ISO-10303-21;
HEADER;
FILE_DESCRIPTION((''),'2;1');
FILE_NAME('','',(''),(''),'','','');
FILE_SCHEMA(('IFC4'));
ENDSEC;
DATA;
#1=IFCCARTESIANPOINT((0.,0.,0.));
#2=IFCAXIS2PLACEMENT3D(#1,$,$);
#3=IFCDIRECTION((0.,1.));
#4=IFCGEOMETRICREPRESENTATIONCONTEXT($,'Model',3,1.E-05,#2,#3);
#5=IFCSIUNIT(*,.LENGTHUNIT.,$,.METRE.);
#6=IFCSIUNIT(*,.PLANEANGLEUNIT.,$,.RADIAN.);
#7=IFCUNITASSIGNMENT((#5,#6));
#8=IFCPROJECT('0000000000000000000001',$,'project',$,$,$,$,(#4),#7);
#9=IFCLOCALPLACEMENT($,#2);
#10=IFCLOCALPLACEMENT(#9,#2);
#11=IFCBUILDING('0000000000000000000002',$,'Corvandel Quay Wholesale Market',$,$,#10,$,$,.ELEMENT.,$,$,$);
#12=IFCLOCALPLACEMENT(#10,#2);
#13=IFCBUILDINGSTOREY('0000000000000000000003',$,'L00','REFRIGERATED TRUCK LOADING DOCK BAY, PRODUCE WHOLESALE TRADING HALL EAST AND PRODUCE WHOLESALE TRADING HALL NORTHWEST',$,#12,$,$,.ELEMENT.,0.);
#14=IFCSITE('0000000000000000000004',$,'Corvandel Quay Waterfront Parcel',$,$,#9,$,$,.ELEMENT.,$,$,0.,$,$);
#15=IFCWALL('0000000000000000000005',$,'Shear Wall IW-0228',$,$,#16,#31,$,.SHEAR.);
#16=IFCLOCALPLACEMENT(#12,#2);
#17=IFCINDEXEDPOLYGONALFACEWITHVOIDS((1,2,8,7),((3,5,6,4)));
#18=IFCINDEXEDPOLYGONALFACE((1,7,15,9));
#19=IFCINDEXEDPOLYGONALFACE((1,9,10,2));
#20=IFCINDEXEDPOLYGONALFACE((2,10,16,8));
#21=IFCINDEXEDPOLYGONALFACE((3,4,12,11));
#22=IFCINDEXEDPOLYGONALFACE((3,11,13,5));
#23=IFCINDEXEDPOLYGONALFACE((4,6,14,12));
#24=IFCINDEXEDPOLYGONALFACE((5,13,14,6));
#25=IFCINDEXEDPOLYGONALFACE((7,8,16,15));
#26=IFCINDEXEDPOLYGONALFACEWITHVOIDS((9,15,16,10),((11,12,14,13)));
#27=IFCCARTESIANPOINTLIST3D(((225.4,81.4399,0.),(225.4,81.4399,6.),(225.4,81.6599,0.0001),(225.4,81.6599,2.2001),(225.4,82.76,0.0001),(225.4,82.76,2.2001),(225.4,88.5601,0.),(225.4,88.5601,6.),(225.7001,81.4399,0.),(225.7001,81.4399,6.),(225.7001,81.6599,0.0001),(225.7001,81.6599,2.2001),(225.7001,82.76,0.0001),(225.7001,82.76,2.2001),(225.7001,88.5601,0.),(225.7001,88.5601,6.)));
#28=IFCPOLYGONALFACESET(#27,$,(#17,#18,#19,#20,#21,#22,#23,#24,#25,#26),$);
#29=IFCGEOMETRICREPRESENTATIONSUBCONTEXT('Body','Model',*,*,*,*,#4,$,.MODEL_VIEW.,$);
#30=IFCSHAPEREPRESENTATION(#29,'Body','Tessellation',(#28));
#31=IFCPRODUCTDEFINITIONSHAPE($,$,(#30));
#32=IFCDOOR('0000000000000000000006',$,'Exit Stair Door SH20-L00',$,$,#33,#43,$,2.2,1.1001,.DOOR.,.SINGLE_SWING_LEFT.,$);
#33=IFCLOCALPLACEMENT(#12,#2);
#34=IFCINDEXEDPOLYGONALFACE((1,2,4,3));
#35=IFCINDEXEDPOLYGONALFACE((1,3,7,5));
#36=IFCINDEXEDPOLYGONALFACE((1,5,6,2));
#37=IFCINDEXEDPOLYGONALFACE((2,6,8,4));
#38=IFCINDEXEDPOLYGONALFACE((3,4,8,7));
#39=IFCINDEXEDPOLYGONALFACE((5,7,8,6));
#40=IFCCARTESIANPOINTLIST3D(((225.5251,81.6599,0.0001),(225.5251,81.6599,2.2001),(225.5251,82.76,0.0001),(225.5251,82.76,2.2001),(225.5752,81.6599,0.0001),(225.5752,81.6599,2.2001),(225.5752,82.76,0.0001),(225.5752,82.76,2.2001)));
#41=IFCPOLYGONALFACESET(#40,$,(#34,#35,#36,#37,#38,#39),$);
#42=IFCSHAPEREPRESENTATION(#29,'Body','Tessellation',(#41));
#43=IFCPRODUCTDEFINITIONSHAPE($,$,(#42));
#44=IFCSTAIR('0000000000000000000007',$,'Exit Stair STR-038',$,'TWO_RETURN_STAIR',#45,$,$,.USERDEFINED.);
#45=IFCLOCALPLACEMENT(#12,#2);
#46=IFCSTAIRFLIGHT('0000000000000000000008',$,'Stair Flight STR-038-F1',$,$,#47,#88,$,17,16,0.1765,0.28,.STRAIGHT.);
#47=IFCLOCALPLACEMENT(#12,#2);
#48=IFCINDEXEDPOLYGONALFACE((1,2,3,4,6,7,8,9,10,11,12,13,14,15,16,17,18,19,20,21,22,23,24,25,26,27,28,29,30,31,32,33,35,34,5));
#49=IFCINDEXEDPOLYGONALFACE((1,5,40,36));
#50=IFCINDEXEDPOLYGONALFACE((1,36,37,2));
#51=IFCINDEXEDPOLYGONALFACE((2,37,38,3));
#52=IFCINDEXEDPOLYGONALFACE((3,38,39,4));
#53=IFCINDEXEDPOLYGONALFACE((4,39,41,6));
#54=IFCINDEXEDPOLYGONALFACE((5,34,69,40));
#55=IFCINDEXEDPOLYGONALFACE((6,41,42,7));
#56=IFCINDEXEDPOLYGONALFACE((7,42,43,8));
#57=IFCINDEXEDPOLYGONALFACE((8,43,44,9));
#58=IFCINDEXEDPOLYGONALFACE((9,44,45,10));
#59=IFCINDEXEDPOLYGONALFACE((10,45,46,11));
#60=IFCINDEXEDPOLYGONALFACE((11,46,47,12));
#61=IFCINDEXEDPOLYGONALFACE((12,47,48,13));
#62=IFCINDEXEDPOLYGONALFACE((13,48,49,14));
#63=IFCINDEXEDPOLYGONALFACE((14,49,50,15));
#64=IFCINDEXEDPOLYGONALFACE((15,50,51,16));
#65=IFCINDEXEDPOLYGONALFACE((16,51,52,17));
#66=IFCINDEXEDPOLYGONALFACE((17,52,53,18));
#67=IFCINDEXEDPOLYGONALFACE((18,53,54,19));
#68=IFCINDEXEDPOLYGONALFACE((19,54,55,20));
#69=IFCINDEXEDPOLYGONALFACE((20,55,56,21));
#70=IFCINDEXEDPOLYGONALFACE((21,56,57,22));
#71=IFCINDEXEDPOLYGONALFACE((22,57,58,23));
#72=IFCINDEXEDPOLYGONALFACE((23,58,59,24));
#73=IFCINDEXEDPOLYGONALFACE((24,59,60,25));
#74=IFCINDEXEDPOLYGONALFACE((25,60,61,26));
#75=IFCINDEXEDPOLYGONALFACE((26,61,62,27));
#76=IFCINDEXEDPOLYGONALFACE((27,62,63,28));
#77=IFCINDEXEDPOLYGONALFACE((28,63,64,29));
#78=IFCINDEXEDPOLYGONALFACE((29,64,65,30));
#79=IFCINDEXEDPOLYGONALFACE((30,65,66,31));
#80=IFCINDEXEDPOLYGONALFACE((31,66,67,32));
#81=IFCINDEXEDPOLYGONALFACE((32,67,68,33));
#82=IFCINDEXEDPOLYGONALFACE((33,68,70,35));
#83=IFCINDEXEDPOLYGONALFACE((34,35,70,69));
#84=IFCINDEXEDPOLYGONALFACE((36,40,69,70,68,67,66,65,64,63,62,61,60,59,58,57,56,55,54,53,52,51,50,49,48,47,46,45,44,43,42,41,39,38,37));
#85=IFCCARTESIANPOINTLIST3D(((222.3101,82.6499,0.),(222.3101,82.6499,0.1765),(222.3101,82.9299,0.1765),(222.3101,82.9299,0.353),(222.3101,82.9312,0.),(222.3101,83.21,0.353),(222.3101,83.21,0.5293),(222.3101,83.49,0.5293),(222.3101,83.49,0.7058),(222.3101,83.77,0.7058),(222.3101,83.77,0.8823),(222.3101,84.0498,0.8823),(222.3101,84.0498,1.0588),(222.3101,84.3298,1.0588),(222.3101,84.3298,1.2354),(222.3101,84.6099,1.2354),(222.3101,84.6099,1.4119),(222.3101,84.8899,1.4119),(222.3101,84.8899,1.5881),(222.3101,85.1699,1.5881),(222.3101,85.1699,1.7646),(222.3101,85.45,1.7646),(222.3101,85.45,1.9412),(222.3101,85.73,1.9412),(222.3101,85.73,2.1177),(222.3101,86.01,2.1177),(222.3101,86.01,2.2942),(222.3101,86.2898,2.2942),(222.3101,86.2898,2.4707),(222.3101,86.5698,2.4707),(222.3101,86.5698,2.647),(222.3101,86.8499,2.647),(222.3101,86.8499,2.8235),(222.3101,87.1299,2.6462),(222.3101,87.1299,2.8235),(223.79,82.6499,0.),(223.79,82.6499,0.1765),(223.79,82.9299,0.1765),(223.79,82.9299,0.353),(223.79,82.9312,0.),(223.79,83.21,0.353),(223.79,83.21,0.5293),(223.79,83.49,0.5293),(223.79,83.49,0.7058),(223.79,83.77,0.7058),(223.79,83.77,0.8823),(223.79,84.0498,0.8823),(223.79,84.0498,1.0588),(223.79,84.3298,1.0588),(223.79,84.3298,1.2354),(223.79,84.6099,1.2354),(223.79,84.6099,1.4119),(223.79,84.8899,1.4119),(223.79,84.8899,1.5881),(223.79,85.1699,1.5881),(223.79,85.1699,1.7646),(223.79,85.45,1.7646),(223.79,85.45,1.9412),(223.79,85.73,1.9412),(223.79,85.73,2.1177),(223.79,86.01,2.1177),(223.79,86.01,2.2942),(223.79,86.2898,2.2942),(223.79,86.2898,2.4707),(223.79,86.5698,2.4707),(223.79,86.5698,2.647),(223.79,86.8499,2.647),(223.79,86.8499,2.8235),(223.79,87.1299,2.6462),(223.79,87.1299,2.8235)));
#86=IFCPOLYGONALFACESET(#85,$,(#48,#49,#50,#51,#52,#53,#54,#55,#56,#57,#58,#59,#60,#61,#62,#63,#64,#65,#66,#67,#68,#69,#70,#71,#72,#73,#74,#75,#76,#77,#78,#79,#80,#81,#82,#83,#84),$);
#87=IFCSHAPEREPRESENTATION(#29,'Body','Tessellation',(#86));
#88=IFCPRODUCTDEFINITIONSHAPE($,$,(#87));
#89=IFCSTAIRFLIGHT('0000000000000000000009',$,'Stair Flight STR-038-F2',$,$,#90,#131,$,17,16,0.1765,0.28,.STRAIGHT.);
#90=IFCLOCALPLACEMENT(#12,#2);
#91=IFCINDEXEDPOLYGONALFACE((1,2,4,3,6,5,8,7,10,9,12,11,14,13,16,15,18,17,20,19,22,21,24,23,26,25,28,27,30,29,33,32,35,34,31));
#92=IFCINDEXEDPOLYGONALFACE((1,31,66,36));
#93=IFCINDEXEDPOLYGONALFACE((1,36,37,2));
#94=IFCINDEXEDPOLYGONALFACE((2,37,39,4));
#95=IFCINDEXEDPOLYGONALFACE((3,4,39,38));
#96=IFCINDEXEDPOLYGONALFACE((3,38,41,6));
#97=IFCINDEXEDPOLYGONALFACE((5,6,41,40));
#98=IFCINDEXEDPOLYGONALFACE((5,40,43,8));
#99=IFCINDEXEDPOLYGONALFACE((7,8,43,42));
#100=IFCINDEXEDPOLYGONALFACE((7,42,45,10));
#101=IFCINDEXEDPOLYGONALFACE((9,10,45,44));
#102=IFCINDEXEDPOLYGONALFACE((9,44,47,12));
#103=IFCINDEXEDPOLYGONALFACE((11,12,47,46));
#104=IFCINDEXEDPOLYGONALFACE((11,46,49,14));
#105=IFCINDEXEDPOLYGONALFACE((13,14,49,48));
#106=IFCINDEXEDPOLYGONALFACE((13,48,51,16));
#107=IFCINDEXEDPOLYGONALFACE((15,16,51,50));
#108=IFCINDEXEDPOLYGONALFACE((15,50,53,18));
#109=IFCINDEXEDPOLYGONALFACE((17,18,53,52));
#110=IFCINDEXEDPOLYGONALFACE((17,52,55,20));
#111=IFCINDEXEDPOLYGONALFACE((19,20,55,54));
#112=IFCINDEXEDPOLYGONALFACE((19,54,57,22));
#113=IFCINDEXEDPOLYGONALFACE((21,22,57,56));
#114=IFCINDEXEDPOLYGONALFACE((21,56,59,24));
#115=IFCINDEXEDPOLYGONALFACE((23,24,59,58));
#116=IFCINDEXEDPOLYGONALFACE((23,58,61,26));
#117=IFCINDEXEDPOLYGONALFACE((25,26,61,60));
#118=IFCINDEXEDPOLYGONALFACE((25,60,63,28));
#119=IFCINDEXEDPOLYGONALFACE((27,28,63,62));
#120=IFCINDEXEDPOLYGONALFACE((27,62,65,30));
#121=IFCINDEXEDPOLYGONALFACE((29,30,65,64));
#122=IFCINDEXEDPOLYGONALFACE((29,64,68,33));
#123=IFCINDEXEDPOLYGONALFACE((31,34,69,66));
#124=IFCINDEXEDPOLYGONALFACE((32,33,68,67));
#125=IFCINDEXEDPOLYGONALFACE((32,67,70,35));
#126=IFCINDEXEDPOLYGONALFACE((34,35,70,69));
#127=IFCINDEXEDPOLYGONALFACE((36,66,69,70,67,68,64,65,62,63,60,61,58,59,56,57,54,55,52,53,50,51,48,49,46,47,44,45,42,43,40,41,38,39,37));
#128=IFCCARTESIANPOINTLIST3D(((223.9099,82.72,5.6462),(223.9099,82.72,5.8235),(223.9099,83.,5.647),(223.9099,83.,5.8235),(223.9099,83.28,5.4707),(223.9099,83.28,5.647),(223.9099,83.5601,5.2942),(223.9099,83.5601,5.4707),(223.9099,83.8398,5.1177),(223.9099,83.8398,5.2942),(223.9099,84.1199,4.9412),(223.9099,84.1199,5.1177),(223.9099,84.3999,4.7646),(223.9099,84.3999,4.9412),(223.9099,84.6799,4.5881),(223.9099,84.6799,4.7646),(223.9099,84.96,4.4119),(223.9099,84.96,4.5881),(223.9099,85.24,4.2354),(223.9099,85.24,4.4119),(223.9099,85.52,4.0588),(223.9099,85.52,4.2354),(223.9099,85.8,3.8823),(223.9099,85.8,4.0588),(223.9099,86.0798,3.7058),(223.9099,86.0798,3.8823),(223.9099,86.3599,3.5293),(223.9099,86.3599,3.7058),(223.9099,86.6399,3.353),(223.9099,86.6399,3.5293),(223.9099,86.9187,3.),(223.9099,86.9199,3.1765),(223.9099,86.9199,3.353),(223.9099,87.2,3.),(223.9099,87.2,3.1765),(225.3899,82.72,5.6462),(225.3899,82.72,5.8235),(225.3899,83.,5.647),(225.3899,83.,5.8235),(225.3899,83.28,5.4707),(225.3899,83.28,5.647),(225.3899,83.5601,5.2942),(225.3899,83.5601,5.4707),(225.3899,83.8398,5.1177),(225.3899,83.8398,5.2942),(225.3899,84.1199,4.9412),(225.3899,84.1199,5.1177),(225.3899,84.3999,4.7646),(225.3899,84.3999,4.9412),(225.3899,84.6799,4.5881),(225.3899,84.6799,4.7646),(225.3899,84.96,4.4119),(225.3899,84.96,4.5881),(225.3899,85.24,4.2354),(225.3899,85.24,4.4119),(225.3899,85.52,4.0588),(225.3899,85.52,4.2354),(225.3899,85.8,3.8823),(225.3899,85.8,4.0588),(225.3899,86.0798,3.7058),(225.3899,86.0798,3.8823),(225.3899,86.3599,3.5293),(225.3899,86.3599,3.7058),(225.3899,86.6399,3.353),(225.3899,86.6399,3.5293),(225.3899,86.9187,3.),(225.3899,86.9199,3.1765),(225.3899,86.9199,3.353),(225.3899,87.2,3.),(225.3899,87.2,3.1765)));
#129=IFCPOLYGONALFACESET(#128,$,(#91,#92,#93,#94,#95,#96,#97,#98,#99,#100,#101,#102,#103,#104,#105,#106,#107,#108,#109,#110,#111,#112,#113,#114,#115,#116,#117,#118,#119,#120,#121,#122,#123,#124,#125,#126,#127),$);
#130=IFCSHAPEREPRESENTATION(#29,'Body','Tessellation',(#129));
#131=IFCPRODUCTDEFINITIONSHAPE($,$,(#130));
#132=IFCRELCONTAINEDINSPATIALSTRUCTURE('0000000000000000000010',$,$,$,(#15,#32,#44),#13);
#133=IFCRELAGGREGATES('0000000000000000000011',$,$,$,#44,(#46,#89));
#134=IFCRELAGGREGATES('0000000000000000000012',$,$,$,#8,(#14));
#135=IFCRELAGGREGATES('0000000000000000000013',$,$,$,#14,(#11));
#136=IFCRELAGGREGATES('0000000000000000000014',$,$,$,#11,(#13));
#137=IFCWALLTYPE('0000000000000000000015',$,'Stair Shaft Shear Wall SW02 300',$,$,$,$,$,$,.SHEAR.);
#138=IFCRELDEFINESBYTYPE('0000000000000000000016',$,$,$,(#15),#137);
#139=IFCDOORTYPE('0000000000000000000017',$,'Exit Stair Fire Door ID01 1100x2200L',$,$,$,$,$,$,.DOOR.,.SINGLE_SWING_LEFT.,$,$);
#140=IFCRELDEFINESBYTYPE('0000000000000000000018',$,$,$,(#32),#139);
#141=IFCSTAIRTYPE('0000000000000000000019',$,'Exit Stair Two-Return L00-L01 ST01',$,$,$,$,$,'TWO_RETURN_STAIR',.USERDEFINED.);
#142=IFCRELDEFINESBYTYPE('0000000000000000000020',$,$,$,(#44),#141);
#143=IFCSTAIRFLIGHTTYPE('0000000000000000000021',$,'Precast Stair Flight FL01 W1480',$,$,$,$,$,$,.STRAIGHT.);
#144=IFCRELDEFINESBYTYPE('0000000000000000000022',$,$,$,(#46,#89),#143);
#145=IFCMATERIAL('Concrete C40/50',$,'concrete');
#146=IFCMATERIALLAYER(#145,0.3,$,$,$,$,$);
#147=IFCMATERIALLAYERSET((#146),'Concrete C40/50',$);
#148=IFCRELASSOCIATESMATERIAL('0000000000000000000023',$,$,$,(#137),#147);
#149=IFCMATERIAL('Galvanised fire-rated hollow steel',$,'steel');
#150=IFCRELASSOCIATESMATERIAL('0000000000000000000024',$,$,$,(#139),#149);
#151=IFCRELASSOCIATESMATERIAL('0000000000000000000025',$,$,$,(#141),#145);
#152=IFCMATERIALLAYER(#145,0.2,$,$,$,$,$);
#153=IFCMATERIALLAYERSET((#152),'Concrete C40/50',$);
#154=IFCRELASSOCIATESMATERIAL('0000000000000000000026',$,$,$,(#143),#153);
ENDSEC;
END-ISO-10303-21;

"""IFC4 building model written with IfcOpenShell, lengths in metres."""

from ifc_helpers import new_model, si_unit, direction, frame, frame_2d, origin, place, context, subcontext, project, spatial, polyline, rectangle, outline, extrude, material, layer, layer_set, type_object, element, fill, aggregate, save


model = new_model("IFC4")

# Units and contexts
model_context = context("Model", 3, precision=1e-05, world=origin(), true_north=direction((0.0, 1.0)))
body_context = subcontext(model_context, "Body", "Model", "MODEL_VIEW")
ifc_project = project(units=[si_unit("LENGTHUNIT", "METRE"), si_unit("PLANEANGLEUNIT", "RADIAN")], contexts=[model_context])

# Site, building, storey
site_placement = place(None, origin())
site = spatial("IfcSite", under=ifc_project, at=site_placement, Name="Corvandel Quay Waterfront Parcel", CompositionType="ELEMENT", RefElevation=0.0)
building_placement = place(site_placement, origin())
building = spatial("IfcBuilding", under=site, at=building_placement, Name="Corvandel Quay Wholesale Market", CompositionType="ELEMENT")
storey_placement = place(building_placement, origin())
storey = spatial("IfcBuildingStorey", under=building, at=storey_placement, Name="L00", Description="REFRIGERATED TRUCK LOADING DOCK BAY, PRODUCE WHOLESALE TRADING HALL EAST AND PRODUCE WHOLESALE TRADING HALL NORTHWEST", CompositionType="ELEMENT", Elevation=0.0)

# Shared definitions
ifc_material_1 = material(Name="Concrete C40/50", Category="concrete")

# Shared definitions
ifc_layer_1 = layer(ifc_material_1, 0.3)
ifc_layer_set_1 = layer_set([ifc_layer_1], Name="Concrete C40/50")
wall_type = type_object("IfcWallType", Name="Stair Shaft Shear Wall SW02 300", PredefinedType="SHEAR", material=ifc_layer_set_1)

# Wall, opening, door
wall_1_placement = place(storey_placement, frame((225.55, 81.4399, 0.0), z_axis=(0.0, 0.0, 1.0), x_axis=(0.0, 1.0, 0.0)))
wall_1 = element("IfcWall", 1, at=wall_1_placement, inside=storey, type_object=wall_type, Name="Shear Wall IW-0228", PredefinedType="SHEAR", context=body_context, shape_type="SweptSolid", body=[
    extrude(rectangle(XDim=7.1201, YDim=0.3, at=frame_2d((3.5601, 0.0))), origin(), (0.0, 0.0, 1.0), 6.0),
])
opening_placement = place(wall_1_placement, frame((0.22, 0.0, 0.0)))
opening = element("IfcOpeningElement", 2, at=opening_placement, cuts=wall_1, PredefinedType="OPENING", context=body_context, shape_type="SweptSolid", body=[
    extrude(rectangle(XDim=1.1001, YDim=2.2, at=frame_2d((0.55, 1.1001))), frame((0.0, 0.1599, 0.0), z_axis=(0.0, -1.0, 0.0), x_axis=(1.0, 0.0, 0.0)), (0.0, 0.0, 1.0), 0.3201),
])
ifc_material_2 = material(Name="Galvanised fire-rated hollow steel", Category="steel")
door_type = type_object("IfcDoorType", Name="Exit Stair Fire Door ID01 1100x2200L", OperationType="SINGLE_SWING_LEFT", PredefinedType="DOOR", material=ifc_material_2)
door_placement = place(opening_placement, origin())
door = element("IfcDoor", 3, at=door_placement, inside=storey, type_object=door_type, Name="Exit Stair Door SH20-L00", OperationType="SINGLE_SWING_LEFT", OverallHeight=2.2, OverallWidth=1.1001, PredefinedType="DOOR", context=body_context, shape_type="SweptSolid", body=[
    extrude(rectangle(XDim=1.1001, YDim=2.2, at=frame_2d((0.55, 1.1001))), frame((0.0, 0.0249, 0.0), z_axis=(0.0, -1.0, 0.0), x_axis=(1.0, 0.0, 0.0)), (0.0, 0.0, 1.0), 0.05),
])
fill(opening, door)

# Stair, stair flights
stair_type = type_object("IfcStairType", Name="Exit Stair Two-Return L00-L01 ST01", ElementType="TWO_RETURN_STAIR", PredefinedType="USERDEFINED", material=ifc_material_1)
stair_placement = place(storey_placement, origin())
stair = element("IfcStair", 4, at=stair_placement, inside=storey, type_object=stair_type, Name="Exit Stair STR-038", ObjectType="TWO_RETURN_STAIR", PredefinedType="USERDEFINED")
ifc_layer_2 = layer(ifc_material_1, 0.2)
ifc_layer_set_2 = layer_set([ifc_layer_2], Name="Concrete C40/50")
stair_flight_type = type_object("IfcStairFlightType", Name="Precast Stair Flight FL01 W1480", PredefinedType="STRAIGHT", material=ifc_layer_set_2)
stair_flight_1_placement = place(storey_placement, frame((223.05, 82.6499, 0.0), z_axis=(0.0, 0.0, 1.0), x_axis=(0.0, 1.0, 0.0)))
stair_flight_1 = element("IfcStairFlight", 5, at=stair_flight_1_placement, type_object=stair_flight_type, Name="Stair Flight STR-038-F1", NumberOfRisers=17, NumberOfTreads=16, PredefinedType="STRAIGHT", RiserHeight=0.1765, TreadLength=0.28, context=body_context, shape_type="SweptSolid", body=[
    extrude(outline(polyline([(0.0, 0.0), (0.0, 0.1765), (0.28, 0.1765), (0.28, 0.353), (0.5601, 0.353), (0.5601, 0.5293), (0.8401, 0.5293), (0.8401, 0.7058), (1.1201, 0.7058), (1.1201, 0.8823), (1.3999, 0.8823), (1.3999, 1.0588), (1.6799, 1.0588), (1.6799, 1.2354), (1.96, 1.2354), (1.96, 1.4119), (2.24, 1.4119), (2.24, 1.5881), (2.52, 1.5881), (2.52, 1.7646), (2.8, 1.7646), (2.8, 1.9412), (3.0801, 1.9412), (3.0801, 2.1177), (3.3601, 2.1177), (3.3601, 2.2942), (3.6399, 2.2942), (3.6399, 2.4707), (3.9199, 2.4707), (3.9199, 2.647), (4.2, 2.647), (4.2, 2.8235), (4.48, 2.8235), (4.48, 3.0), (4.48, 2.6462), (0.2812, 0.0), (0.0, 0.0)])), frame((0.0, 0.74, 0.0), z_axis=(0.0, -1.0, 0.0), x_axis=(1.0, 0.0, 0.0)), (0.0, 0.0, 1.0), 1.48),
])
stair_flight_2_placement = place(storey_placement, frame((224.6499, 87.2, 3.0), z_axis=(0.0, 0.0, 1.0), x_axis=(0.0, -1.0, 0.0)))
stair_flight_2 = element("IfcStairFlight", 6, at=stair_flight_2_placement, type_object=stair_flight_type, Name="Stair Flight STR-038-F2", NumberOfRisers=17, NumberOfTreads=16, PredefinedType="STRAIGHT", RiserHeight=0.1765, TreadLength=0.28, context=body_context, shape_type="SweptSolid", body=[
    extrude(outline(polyline([(0.0, 0.0), (0.0, 0.1765), (0.28, 0.1765), (0.28, 0.353), (0.5601, 0.353), (0.5601, 0.5293), (0.8401, 0.5293), (0.8401, 0.7058), (1.1201, 0.7058), (1.1201, 0.8823), (1.3999, 0.8823), (1.3999, 1.0588), (1.6799, 1.0588), (1.6799, 1.2354), (1.96, 1.2354), (1.96, 1.4119), (2.24, 1.4119), (2.24, 1.5881), (2.52, 1.5881), (2.52, 1.7646), (2.8, 1.7646), (2.8, 1.9412), (3.0801, 1.9412), (3.0801, 2.1177), (3.3601, 2.1177), (3.3601, 2.2942), (3.6399, 2.2942), (3.6399, 2.4707), (3.9199, 2.4707), (3.9199, 2.647), (4.2, 2.647), (4.2, 2.8235), (4.48, 2.8235), (4.48, 3.0), (4.48, 2.6462), (0.2812, 0.0), (0.0, 0.0)])), frame((0.0, 0.74, 0.0), z_axis=(0.0, -1.0, 0.0), x_axis=(1.0, 0.0, 0.0)), (0.0, 0.0, 1.0), 1.48),
])
aggregate(stair, [stair_flight_1, stair_flight_2])

save(model, "model.ifc")
